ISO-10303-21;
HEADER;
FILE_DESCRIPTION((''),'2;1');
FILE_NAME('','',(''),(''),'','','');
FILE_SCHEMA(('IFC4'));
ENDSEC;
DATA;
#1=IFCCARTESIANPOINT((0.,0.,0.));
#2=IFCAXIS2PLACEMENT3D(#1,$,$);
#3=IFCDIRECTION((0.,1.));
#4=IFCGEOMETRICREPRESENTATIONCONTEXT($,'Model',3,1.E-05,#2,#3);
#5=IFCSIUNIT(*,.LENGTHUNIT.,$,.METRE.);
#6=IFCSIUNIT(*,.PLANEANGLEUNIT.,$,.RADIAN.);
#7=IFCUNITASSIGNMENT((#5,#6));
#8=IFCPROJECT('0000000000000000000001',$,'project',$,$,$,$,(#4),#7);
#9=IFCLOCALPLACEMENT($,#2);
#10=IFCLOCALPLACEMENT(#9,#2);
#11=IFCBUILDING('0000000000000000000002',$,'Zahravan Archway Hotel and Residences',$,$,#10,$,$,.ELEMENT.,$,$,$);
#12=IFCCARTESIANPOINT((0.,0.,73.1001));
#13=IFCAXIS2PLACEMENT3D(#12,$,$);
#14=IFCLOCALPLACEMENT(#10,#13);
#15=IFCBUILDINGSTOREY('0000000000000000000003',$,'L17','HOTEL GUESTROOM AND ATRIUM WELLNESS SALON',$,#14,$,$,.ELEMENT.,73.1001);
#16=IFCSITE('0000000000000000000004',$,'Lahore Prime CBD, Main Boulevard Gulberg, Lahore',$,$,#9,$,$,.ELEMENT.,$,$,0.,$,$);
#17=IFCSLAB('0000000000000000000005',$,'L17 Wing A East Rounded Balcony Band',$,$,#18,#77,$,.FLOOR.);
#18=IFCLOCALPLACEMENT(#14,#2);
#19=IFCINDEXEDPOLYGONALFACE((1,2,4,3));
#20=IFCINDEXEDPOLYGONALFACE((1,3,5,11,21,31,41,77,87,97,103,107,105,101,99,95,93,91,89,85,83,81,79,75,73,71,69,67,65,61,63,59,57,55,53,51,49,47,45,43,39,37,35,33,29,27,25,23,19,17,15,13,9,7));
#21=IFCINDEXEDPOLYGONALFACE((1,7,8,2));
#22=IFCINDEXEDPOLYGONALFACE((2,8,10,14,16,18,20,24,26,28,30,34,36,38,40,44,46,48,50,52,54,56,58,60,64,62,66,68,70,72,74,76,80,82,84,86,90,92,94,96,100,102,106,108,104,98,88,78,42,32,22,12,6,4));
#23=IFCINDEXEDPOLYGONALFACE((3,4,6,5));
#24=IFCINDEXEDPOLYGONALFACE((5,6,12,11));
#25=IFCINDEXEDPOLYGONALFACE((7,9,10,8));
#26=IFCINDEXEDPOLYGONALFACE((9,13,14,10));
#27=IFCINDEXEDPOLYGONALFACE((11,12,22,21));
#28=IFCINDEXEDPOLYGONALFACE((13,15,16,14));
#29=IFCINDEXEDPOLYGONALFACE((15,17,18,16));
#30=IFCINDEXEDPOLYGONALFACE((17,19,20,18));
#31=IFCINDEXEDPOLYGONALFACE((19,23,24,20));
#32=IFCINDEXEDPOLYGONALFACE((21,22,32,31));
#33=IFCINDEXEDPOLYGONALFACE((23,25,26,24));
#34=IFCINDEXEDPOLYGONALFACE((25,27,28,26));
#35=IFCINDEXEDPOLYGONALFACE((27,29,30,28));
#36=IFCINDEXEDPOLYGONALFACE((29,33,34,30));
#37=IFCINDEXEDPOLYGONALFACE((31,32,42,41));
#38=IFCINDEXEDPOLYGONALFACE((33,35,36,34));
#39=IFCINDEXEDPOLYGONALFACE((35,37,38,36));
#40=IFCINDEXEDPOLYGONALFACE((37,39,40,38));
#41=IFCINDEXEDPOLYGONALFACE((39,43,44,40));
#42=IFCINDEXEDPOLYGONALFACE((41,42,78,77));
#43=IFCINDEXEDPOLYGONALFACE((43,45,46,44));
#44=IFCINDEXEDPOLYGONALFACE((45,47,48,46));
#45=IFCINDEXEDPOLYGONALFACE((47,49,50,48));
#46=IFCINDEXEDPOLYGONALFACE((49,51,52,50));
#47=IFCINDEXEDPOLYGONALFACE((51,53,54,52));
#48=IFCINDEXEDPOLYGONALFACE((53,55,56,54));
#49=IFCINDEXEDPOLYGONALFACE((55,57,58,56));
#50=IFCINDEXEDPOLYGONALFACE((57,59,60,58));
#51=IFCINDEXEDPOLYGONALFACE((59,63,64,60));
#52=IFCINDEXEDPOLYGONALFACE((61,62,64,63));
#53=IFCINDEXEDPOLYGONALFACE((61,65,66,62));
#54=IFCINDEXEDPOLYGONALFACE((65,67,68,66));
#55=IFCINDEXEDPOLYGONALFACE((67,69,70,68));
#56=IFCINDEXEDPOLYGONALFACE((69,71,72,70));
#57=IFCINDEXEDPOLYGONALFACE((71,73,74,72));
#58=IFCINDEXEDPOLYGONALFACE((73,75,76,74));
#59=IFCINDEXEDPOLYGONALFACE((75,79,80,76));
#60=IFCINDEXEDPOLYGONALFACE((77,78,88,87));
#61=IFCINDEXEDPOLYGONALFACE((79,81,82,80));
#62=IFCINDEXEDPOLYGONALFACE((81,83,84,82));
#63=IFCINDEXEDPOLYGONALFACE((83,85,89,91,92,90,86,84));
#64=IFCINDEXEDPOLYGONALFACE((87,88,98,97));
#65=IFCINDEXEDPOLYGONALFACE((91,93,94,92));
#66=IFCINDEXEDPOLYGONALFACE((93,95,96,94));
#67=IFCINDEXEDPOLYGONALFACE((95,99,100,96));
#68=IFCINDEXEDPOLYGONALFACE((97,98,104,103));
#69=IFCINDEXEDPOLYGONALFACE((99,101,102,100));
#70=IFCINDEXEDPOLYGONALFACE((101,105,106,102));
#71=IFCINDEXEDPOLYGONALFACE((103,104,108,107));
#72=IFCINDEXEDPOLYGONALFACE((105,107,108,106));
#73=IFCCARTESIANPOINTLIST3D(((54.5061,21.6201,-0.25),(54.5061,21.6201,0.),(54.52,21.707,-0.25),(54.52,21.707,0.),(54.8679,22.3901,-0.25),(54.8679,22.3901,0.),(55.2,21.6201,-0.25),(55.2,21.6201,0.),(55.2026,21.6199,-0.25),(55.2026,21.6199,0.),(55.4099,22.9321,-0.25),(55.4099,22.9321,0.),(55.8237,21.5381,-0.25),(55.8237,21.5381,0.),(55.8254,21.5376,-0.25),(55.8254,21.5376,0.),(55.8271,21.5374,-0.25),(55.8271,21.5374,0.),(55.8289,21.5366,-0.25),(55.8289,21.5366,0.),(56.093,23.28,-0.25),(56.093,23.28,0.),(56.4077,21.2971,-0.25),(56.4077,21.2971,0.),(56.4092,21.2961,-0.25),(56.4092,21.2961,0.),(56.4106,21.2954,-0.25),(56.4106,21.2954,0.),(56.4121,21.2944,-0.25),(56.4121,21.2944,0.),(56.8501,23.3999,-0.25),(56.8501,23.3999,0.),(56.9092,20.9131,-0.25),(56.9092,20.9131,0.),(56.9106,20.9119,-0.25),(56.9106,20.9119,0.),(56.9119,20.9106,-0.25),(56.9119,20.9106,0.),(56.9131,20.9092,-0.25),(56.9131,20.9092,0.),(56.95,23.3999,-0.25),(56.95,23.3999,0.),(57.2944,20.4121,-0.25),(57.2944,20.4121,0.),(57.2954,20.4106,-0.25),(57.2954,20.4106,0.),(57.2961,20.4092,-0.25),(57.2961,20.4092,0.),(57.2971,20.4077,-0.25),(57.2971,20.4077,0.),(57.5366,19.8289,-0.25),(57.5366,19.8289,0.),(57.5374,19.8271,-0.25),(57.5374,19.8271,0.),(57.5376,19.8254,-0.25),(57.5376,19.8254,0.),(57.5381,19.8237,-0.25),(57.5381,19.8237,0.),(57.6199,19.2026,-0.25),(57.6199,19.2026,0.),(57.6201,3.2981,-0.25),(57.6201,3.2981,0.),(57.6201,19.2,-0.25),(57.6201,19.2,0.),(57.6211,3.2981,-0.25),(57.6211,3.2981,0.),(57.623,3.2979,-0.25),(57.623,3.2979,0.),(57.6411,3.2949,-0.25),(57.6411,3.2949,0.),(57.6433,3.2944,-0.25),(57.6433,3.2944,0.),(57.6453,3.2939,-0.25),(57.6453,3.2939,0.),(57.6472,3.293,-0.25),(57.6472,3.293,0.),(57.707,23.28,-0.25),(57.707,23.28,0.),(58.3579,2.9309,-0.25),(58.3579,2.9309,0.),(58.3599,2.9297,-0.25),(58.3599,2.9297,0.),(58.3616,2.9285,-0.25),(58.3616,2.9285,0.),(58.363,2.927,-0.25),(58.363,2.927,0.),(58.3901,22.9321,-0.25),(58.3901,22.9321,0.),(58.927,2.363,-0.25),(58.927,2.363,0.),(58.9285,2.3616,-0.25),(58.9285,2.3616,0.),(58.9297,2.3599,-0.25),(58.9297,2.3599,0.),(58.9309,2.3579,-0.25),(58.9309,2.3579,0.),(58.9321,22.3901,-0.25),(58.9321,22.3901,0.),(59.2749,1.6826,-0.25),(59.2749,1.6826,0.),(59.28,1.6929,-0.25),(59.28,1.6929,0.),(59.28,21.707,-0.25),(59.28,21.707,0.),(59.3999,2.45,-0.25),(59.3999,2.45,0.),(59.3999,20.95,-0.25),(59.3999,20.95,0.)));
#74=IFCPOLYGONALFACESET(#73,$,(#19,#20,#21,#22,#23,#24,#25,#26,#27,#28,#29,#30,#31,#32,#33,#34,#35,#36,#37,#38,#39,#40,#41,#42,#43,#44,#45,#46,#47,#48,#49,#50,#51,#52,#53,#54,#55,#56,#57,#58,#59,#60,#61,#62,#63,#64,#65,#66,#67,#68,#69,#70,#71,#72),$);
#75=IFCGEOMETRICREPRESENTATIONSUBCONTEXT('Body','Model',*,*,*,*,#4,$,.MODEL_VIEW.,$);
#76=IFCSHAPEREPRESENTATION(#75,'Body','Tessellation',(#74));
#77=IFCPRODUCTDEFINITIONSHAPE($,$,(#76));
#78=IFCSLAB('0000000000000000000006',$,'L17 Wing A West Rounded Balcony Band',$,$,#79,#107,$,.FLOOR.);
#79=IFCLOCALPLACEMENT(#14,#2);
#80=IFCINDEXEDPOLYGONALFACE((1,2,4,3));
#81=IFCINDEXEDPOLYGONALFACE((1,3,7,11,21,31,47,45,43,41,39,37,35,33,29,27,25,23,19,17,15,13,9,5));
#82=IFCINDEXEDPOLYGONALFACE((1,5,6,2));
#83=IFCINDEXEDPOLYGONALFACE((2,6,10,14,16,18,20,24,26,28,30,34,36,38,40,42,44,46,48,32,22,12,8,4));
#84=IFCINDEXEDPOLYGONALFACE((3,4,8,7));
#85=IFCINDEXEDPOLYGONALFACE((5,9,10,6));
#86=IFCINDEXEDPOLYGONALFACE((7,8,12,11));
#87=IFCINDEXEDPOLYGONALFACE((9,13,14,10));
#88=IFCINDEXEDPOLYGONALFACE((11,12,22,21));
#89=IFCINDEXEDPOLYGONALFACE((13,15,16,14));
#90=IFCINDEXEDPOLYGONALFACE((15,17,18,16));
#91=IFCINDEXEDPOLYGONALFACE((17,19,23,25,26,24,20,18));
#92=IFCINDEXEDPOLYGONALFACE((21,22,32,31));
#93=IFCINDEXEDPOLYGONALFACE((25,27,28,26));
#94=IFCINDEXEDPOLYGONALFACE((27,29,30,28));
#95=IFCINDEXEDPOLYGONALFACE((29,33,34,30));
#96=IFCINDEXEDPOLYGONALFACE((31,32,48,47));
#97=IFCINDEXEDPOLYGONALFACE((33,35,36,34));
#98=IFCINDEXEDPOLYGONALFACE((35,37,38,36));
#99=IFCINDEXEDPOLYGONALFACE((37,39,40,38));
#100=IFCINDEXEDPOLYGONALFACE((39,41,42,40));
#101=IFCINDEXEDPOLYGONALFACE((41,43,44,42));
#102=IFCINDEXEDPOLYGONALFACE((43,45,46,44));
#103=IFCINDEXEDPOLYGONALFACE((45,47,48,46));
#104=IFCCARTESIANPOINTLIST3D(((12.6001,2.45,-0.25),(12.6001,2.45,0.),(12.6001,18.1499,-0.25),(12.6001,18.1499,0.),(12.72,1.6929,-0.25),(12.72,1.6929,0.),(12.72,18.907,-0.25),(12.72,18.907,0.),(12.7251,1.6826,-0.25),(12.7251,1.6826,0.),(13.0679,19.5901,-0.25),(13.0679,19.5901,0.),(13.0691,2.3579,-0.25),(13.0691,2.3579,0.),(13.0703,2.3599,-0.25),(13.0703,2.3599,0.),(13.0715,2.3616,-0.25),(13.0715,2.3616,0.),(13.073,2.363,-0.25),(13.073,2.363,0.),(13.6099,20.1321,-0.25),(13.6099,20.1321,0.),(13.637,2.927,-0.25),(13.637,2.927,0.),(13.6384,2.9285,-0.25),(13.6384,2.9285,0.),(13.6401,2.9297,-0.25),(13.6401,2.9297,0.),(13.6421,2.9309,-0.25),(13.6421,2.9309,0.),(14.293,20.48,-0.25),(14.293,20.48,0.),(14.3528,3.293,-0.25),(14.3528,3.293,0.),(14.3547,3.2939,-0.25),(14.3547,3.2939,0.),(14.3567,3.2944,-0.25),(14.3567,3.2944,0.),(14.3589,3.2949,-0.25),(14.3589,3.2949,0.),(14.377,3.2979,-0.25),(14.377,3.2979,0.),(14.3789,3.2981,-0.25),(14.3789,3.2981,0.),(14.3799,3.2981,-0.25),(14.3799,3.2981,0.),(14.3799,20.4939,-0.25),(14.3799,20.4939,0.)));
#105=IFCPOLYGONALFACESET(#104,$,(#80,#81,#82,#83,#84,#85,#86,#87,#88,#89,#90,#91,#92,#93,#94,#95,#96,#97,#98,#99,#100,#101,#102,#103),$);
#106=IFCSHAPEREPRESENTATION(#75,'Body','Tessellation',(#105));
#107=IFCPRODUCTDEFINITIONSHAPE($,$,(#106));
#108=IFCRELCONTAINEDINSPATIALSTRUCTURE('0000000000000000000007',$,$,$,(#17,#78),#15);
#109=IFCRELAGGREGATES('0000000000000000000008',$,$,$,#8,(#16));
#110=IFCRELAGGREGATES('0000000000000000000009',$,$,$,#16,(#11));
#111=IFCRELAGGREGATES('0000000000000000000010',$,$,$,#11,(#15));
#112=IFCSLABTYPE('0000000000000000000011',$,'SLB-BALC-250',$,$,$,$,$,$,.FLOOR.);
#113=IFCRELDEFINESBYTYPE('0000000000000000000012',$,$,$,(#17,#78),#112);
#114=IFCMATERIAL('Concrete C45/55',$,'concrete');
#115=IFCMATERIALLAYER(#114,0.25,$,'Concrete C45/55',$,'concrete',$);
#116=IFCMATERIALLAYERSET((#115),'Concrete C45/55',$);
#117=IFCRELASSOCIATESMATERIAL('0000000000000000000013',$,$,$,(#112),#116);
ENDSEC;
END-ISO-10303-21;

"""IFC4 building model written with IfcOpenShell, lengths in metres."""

from ifc_helpers import new_model, si_unit, direction, frame, origin, place, context, subcontext, project, spatial, polyline, outline, extrude, material, layer, layer_set, type_object, element, save


model = new_model("IFC4")

# Units and contexts
model_context = context("Model", 3, precision=1e-05, world=origin(), true_north=direction((0.0, 1.0)))
body_context = subcontext(model_context, "Body", "Model", "MODEL_VIEW")
ifc_project = project(units=[si_unit("LENGTHUNIT", "METRE"), si_unit("PLANEANGLEUNIT", "RADIAN")], contexts=[model_context])

# Site, building, storey
site_placement = place(None, origin())
site = spatial("IfcSite", under=ifc_project, at=site_placement, Name="Lahore Prime CBD, Main Boulevard Gulberg, Lahore", CompositionType="ELEMENT", RefElevation=0.0)
building_placement = place(site_placement, origin())
building = spatial("IfcBuilding", under=site, at=building_placement, Name="Zahravan Archway Hotel and Residences", CompositionType="ELEMENT")
storey_placement = place(building_placement, frame((0.0, 0.0, 73.1001)))
storey = spatial("IfcBuildingStorey", under=building, at=storey_placement, Name="L17", Description="HOTEL GUESTROOM AND ATRIUM WELLNESS SALON", CompositionType="ELEMENT", Elevation=73.1001)

# Slabs
ifc_material_1 = material(Name="Concrete C45/55", Category="concrete")
ifc_layer_1 = layer(ifc_material_1, 0.25, Name="Concrete C45/55", Category="concrete")
ifc_layer_set_1 = layer_set([ifc_layer_1], Name="Concrete C45/55")
slab_type_1 = type_object("IfcSlabType", Name="SLB-BALC-250", PredefinedType="FLOOR", material=ifc_layer_set_1)
slab_1_placement = place(storey_placement, frame((0.0, 0.0, -0.25)))
element("IfcSlab", 1, at=slab_1_placement, inside=storey, type_object=slab_type_1, Name="L17 Wing A East Rounded Balcony Band", PredefinedType="FLOOR", context=body_context, shape_type="SweptSolid", body=[
    extrude(outline(polyline([(54.52, 21.707), (54.8679, 22.3901), (55.4099, 22.9321), (56.093, 23.28), (56.8501, 23.3999), (56.95, 23.3999), (57.707, 23.28), (58.3901, 22.9321), (58.9321, 22.3901), (59.28, 21.707), (59.3999, 20.95), (59.3999, 2.45), (59.28, 1.6929), (59.2749, 1.6826), (58.9309, 2.3579), (58.9297, 2.3599), (58.9285, 2.3616), (58.927, 2.363), (58.363, 2.927), (58.3616, 2.9285), (58.3599, 2.9297), (58.3579, 2.9309), (57.6472, 3.293), (57.6453, 3.2939), (57.6433, 3.2944), (57.6411, 3.2949), (57.623, 3.2979), (57.6211, 3.2981), (57.6201, 3.2981), (57.6201, 19.2), (57.6199, 19.2026), (57.5381, 19.8237), (57.5376, 19.8254), (57.5374, 19.8271), (57.5366, 19.8289), (57.2971, 20.4077), (57.2961, 20.4092), (57.2954, 20.4106), (57.2944, 20.4121), (56.9131, 20.9092), (56.9119, 20.9106), (56.9106, 20.9119), (56.9092, 20.9131), (56.4121, 21.2944), (56.4106, 21.2954), (56.4092, 21.2961), (56.4077, 21.2971), (55.8289, 21.5366), (55.8271, 21.5374), (55.8254, 21.5376), (55.8237, 21.5381), (55.2026, 21.6199), (55.2, 21.6201), (54.5061, 21.6201), (54.52, 21.707)])), origin(), (0.0, 0.0, 1.0), 0.25),
])
slab_2_placement = place(storey_placement, frame((0.0, 0.0, -0.25)))
element("IfcSlab", 2, at=slab_2_placement, inside=storey, type_object=slab_type_1, Name="L17 Wing A West Rounded Balcony Band", PredefinedType="FLOOR", context=body_context, shape_type="SweptSolid", body=[
    extrude(outline(polyline([(12.72, 1.6929), (12.6001, 2.45), (12.6001, 18.1499), (12.72, 18.907), (13.0679, 19.5901), (13.6099, 20.1321), (14.293, 20.48), (14.3799, 20.4939), (14.3799, 3.2981), (14.3789, 3.2981), (14.377, 3.2979), (14.3589, 3.2949), (14.3567, 3.2944), (14.3547, 3.2939), (14.3528, 3.293), (13.6421, 2.9309), (13.6401, 2.9297), (13.6384, 2.9285), (13.637, 2.927), (13.073, 2.363), (13.0715, 2.3616), (13.0703, 2.3599), (13.0691, 2.3579), (12.7251, 1.6826), (12.72, 1.6929)])), origin(), (0.0, 0.0, 1.0), 0.25),
])

save(model, "model.ifc")
